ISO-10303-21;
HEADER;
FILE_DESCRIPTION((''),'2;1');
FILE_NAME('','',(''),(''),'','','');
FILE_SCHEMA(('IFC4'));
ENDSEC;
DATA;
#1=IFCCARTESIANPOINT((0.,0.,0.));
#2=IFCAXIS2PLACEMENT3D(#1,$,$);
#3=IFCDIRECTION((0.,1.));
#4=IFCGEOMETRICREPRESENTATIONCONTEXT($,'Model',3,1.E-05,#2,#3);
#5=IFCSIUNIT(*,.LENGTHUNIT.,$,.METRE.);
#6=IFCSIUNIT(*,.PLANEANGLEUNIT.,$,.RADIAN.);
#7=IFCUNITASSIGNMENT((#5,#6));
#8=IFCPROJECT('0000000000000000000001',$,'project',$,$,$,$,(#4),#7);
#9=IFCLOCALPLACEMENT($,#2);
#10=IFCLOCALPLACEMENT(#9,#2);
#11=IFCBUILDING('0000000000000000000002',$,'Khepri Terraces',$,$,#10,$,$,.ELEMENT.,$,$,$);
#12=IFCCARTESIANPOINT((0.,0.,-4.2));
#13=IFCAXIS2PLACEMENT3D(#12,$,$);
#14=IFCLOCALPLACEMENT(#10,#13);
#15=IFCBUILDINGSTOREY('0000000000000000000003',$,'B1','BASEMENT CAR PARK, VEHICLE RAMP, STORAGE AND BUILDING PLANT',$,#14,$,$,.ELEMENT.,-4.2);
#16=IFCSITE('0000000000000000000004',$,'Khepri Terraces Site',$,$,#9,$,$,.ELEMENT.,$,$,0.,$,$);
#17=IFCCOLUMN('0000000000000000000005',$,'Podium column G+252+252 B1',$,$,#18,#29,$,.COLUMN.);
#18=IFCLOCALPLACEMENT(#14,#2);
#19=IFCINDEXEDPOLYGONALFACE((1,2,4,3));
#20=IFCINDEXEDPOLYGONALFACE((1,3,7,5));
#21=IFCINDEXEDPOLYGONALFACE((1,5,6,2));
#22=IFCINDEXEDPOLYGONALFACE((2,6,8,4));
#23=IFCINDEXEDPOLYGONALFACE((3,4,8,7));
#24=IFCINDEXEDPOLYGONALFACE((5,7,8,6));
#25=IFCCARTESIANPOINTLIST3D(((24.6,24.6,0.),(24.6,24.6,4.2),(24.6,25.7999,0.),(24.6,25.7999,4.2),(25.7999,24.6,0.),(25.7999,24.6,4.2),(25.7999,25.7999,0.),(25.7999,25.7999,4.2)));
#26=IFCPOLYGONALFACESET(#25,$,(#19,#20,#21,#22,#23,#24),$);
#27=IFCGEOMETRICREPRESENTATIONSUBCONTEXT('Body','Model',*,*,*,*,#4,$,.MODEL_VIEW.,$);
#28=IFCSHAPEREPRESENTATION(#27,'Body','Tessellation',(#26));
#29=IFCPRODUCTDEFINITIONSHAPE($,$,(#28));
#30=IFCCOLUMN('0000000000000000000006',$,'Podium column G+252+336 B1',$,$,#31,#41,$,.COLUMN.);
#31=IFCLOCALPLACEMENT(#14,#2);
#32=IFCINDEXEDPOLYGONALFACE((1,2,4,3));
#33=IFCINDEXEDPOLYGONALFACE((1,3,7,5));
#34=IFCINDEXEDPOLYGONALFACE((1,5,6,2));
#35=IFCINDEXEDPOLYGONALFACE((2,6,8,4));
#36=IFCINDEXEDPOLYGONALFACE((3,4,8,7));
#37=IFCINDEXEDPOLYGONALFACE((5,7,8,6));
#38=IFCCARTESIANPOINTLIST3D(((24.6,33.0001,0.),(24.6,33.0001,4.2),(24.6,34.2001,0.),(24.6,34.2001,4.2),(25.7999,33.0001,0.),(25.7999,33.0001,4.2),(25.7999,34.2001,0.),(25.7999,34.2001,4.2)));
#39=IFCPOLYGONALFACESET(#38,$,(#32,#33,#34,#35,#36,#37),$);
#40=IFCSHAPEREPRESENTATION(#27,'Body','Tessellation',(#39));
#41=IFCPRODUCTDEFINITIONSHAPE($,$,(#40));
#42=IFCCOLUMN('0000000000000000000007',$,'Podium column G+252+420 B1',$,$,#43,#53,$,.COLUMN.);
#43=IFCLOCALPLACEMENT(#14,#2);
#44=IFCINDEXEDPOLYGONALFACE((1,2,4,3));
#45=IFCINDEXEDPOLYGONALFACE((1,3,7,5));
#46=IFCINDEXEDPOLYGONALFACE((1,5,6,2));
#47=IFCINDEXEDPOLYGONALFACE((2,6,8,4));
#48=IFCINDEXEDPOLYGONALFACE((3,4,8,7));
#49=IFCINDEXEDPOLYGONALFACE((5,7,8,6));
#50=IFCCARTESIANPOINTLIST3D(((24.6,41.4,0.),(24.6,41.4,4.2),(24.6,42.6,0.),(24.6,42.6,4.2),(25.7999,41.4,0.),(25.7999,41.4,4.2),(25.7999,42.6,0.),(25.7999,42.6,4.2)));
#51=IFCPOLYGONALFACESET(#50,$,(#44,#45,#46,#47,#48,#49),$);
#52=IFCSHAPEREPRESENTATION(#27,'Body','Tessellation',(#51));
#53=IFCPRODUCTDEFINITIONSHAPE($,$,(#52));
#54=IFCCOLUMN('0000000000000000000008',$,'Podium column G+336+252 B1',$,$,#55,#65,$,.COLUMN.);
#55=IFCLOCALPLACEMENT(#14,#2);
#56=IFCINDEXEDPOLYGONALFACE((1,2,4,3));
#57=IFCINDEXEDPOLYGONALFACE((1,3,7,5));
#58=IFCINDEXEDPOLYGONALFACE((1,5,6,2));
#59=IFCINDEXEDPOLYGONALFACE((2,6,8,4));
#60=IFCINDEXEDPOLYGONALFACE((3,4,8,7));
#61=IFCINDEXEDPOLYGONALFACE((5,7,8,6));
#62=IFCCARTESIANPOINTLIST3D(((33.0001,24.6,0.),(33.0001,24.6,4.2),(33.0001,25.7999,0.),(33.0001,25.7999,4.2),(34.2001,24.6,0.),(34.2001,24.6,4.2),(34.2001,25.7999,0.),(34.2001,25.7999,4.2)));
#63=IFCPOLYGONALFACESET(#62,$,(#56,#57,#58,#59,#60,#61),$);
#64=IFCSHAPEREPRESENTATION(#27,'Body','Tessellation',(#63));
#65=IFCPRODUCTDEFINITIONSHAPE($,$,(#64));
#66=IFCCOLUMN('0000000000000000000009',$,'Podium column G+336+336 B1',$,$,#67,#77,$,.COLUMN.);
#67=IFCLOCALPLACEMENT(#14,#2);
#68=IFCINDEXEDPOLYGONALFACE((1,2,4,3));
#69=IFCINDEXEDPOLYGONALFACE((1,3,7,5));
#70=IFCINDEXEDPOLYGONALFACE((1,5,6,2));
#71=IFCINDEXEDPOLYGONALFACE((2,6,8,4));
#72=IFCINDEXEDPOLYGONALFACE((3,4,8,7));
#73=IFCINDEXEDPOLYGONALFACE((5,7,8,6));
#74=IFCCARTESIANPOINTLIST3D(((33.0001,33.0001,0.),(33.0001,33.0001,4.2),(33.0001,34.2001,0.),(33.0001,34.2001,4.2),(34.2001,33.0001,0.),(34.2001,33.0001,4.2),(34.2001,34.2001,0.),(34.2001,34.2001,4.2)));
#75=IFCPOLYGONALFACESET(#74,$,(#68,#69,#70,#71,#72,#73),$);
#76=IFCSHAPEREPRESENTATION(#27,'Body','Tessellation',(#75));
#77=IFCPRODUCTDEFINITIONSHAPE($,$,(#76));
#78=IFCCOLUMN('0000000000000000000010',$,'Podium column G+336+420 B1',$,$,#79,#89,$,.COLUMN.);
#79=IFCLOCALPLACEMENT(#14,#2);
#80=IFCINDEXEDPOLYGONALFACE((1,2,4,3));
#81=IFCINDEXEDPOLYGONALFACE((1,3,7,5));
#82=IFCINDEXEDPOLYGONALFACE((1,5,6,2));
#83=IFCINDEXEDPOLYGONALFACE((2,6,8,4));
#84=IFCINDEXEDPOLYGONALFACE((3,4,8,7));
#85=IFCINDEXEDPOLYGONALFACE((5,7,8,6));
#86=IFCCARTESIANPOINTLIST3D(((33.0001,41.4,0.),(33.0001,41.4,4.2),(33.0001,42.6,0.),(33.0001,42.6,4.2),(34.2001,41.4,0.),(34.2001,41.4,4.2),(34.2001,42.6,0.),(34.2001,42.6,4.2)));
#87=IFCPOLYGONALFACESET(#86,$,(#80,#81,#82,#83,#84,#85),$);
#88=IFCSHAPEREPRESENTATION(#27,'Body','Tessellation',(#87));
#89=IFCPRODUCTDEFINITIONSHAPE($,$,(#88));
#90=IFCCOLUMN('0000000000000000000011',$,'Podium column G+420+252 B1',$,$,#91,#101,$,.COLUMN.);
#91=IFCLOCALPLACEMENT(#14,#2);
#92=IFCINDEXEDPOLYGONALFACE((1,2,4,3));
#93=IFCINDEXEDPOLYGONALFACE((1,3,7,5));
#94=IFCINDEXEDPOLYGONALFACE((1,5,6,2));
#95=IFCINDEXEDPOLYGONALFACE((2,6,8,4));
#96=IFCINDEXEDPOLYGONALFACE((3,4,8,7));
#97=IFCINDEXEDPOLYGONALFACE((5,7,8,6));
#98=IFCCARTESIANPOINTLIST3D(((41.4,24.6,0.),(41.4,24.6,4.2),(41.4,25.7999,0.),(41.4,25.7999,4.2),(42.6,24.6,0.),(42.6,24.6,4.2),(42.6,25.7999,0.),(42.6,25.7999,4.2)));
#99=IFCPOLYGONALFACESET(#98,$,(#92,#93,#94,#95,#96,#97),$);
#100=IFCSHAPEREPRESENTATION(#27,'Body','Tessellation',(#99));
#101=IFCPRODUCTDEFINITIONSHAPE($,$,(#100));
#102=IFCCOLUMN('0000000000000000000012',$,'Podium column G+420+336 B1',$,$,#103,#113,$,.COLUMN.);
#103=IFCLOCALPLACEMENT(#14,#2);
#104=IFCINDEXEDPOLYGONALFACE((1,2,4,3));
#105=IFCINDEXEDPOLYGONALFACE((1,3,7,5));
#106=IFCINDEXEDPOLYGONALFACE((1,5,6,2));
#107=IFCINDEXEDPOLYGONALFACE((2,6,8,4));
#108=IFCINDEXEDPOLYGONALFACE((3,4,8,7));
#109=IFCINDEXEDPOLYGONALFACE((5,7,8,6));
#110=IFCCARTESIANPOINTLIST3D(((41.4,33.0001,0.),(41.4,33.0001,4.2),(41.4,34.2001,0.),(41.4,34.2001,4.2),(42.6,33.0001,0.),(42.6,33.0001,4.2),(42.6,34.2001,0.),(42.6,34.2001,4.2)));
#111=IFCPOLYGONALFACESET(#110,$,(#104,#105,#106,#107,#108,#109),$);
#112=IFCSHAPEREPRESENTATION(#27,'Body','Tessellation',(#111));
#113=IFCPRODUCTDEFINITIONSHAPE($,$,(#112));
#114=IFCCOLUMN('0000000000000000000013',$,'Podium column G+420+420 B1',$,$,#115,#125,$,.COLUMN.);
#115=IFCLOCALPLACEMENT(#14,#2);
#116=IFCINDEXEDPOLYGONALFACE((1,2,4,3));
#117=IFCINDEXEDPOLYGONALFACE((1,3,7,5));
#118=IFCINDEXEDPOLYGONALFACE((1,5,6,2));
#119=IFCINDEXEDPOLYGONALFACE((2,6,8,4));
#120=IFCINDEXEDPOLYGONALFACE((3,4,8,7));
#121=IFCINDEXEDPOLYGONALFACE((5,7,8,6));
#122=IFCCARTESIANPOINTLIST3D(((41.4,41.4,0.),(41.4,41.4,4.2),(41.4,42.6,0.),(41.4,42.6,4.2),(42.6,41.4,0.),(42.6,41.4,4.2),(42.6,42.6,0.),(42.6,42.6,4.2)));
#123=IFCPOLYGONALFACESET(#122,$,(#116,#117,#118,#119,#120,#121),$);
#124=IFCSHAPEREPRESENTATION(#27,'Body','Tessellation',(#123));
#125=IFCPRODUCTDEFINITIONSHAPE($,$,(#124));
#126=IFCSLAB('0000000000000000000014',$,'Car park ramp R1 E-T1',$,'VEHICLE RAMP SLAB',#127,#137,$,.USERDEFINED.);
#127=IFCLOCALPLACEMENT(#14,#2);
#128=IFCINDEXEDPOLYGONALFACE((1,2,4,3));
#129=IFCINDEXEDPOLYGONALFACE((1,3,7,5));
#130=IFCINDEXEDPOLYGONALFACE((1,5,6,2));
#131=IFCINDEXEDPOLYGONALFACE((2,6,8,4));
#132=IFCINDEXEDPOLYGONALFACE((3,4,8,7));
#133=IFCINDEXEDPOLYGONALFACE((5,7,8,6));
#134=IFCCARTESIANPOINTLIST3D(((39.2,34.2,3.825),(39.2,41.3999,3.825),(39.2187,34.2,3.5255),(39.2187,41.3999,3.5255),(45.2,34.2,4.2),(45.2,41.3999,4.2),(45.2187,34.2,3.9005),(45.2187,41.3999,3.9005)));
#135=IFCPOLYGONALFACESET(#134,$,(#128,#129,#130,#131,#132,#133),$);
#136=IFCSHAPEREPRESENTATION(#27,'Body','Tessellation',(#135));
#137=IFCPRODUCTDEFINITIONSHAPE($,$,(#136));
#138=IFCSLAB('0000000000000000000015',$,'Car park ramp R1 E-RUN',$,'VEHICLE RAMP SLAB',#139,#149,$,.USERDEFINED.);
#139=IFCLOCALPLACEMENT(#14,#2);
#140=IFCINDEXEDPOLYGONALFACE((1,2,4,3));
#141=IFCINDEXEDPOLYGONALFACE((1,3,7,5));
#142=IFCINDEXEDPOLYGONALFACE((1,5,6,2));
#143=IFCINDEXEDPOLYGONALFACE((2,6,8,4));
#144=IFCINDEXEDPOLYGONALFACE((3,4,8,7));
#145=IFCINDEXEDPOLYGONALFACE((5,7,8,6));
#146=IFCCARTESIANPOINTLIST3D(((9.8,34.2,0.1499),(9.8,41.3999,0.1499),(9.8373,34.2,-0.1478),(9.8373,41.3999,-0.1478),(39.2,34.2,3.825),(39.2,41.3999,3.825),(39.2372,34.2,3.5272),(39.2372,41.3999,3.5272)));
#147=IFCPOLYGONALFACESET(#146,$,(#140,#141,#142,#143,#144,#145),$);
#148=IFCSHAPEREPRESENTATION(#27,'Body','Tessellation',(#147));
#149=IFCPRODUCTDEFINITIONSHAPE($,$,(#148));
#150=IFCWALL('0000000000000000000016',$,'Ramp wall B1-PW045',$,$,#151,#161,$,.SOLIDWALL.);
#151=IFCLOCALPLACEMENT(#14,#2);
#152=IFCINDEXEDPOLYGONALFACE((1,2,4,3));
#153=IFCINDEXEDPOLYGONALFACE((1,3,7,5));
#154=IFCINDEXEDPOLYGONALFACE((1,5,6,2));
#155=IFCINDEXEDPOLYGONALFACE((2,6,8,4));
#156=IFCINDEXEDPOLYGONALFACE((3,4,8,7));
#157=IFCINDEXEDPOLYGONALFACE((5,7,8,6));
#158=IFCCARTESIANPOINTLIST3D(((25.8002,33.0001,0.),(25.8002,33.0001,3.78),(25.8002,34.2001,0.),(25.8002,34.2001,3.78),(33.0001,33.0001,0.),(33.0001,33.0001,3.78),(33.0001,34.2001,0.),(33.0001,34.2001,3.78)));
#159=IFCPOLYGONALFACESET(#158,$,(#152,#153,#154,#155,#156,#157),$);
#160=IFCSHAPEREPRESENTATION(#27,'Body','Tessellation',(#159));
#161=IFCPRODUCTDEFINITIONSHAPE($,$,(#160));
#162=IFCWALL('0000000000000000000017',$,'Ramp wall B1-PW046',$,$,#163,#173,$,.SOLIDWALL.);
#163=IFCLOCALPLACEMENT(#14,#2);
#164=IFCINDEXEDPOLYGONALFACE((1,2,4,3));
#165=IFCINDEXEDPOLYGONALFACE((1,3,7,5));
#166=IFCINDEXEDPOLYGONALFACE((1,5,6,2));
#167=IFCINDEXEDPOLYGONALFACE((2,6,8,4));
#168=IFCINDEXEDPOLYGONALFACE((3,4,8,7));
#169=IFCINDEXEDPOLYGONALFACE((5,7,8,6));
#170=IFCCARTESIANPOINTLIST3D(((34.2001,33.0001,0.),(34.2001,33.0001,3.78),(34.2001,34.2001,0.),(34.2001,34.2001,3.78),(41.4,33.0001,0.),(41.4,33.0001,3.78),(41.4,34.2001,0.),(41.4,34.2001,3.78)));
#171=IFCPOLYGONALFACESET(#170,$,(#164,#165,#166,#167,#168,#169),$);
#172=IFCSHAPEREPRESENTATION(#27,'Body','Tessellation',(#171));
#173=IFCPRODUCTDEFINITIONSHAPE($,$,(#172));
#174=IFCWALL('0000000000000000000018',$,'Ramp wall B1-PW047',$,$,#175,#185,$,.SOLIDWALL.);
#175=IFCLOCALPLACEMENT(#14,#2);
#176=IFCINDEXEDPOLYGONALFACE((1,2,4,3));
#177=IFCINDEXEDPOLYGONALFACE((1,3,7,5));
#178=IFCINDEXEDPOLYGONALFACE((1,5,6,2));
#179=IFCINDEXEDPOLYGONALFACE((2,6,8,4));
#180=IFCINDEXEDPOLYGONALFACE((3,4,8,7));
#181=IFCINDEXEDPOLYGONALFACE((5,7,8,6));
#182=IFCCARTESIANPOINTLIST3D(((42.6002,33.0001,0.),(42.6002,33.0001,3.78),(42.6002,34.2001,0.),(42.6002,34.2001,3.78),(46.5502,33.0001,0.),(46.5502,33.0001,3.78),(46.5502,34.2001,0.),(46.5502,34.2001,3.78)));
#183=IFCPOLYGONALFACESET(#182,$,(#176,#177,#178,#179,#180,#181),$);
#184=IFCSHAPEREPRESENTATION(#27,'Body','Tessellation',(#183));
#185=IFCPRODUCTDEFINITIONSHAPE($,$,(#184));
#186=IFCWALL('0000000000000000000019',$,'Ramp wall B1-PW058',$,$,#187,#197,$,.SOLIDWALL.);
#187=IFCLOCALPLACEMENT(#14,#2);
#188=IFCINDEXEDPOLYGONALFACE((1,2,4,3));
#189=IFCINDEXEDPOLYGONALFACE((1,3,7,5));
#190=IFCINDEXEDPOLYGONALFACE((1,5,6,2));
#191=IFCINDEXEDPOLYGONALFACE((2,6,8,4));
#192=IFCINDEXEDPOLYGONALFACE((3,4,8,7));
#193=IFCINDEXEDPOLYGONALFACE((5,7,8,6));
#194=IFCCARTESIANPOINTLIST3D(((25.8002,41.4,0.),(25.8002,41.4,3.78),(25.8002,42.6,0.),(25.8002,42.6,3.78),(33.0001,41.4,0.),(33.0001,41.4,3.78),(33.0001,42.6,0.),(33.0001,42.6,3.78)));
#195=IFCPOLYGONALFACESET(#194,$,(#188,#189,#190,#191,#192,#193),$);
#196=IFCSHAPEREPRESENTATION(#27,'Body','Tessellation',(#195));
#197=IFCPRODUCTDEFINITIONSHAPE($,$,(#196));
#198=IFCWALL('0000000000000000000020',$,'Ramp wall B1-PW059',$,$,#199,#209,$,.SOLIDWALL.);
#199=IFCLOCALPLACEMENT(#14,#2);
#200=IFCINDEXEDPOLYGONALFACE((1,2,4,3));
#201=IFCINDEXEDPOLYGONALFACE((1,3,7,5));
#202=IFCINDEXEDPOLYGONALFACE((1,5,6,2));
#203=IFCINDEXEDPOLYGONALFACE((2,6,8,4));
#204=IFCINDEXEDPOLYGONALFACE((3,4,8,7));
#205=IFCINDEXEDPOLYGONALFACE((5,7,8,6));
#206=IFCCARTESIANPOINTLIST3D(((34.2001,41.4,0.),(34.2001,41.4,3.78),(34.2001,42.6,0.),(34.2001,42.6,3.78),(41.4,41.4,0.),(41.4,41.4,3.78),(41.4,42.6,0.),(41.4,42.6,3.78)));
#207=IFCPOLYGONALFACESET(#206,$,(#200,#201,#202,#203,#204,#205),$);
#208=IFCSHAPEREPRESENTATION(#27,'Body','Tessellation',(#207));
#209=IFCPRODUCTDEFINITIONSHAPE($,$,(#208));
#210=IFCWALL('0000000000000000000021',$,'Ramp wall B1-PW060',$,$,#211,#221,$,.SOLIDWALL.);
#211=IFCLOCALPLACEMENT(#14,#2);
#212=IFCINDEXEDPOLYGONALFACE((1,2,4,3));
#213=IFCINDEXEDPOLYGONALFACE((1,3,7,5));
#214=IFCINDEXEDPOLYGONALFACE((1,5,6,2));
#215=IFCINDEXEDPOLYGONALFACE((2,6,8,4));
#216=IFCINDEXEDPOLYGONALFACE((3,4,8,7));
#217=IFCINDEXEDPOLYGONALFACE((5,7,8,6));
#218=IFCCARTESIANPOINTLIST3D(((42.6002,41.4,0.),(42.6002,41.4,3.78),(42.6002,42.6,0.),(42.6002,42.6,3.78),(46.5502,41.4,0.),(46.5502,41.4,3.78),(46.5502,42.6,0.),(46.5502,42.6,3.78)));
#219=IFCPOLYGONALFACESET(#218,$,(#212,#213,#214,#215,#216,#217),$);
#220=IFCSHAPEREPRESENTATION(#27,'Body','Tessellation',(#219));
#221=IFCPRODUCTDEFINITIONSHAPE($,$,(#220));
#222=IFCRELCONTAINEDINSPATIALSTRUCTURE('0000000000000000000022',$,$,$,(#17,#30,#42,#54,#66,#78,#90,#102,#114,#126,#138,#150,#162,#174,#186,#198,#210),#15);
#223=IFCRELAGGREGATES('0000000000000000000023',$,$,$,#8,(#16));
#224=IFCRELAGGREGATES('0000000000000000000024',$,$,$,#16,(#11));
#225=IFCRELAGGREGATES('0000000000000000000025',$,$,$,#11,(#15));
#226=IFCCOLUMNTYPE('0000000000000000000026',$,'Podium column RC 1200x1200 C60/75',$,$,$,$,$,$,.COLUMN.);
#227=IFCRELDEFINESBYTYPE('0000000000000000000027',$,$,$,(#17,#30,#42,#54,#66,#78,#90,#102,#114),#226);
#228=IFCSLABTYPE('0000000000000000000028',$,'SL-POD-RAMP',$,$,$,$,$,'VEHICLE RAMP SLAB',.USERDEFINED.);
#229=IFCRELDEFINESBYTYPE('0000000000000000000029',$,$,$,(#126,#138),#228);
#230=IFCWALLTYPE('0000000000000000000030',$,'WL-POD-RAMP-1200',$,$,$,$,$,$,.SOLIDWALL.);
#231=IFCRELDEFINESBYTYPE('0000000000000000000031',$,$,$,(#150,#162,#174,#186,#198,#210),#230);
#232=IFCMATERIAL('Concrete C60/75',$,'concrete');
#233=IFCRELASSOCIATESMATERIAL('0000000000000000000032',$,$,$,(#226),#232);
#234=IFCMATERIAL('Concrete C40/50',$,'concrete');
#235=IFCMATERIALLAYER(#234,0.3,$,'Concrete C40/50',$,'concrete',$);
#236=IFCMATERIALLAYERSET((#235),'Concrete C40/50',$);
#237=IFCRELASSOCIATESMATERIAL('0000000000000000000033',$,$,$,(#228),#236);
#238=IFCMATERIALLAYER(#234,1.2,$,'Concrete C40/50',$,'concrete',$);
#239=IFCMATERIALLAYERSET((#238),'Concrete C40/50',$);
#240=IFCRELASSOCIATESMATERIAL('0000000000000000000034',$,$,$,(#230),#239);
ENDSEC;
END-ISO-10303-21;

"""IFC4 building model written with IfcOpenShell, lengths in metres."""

from ifc_helpers import new_model, si_unit, direction, frame, frame_2d, origin, origin_2d, place, context, subcontext, project, spatial, polyline, rectangle, outline, extrude, material, layer, layer_set, material_profile, profile_set, type_object, element, save


model = new_model("IFC4")

# Units and contexts
model_context = context("Model", 3, precision=1e-05, world=origin(), true_north=direction((0.0, 1.0)))
body_context = subcontext(model_context, "Body", "Model", "MODEL_VIEW")
ifc_project = project(units=[si_unit("LENGTHUNIT", "METRE"), si_unit("PLANEANGLEUNIT", "RADIAN")], contexts=[model_context])

# Site, building, storey
site_placement = place(None, origin())
site = spatial("IfcSite", under=ifc_project, at=site_placement, Name="Khepri Terraces Site", CompositionType="ELEMENT", RefElevation=0.0)
building_placement = place(site_placement, origin())
building = spatial("IfcBuilding", under=site, at=building_placement, Name="Khepri Terraces", CompositionType="ELEMENT")
storey_placement = place(building_placement, frame((0.0, 0.0, -4.2)))
storey = spatial("IfcBuildingStorey", under=building, at=storey_placement, Name="B1", Description="BASEMENT CAR PARK, VEHICLE RAMP, STORAGE AND BUILDING PLANT", CompositionType="ELEMENT", Elevation=-4.2)

# Columns
ifc_material_1 = material(Name="Concrete C60/75", Category="concrete")
ifc_material_profile = material_profile(ifc_material_1, rectangle(XDim=1.2, YDim=1.2, at=origin_2d()), Name="Concrete C60/75", Category="concrete")
ifc_profile_set = profile_set([ifc_material_profile], Name="Concrete C60/75")
column_type = type_object("IfcColumnType", Name="Podium column RC 1200x1200 C60/75", PredefinedType="COLUMN", material=ifc_profile_set)
for number, where, z_axis, x_axis, name in (
    (1, (25.2, 25.2, 0.0), (0.0, 0.0, 1.0), (1.0, 0.0, 0.0), "Podium column G+252+252 B1"),
    (2, (25.2, 33.6001, 0.0), (0.0, 0.0, 1.0), (1.0, 0.0, 0.0), "Podium column G+252+336 B1"),
    (3, (25.2, 42.0, 0.0), (0.0, 0.0, 1.0), (1.0, 0.0, 0.0), "Podium column G+252+420 B1"),
    (4, (33.6001, 25.2, 0.0), (0.0, 0.0, 1.0), (1.0, 0.0, 0.0), "Podium column G+336+252 B1"),
    (5, (33.6001, 33.6001, 0.0), (0.0, 0.0, 1.0), (1.0, 0.0, 0.0), "Podium column G+336+336 B1"),
    (6, (33.6001, 42.0, 0.0), (0.0, 0.0, 1.0), (1.0, 0.0, 0.0), "Podium column G+336+420 B1"),
    (7, (42.0, 25.2, 0.0), (0.0, 0.0, 1.0), (1.0, 0.0, 0.0), "Podium column G+420+252 B1"),
    (8, (42.0, 33.6001, 0.0), (0.0, 0.0, 1.0), (1.0, 0.0, 0.0), "Podium column G+420+336 B1"),
    (9, (42.0, 42.0, 0.0), (0.0, 0.0, 1.0), (1.0, 0.0, 0.0), "Podium column G+420+420 B1"),
):
    element("IfcColumn", number, at=place(storey_placement, frame(where, z_axis=z_axis, x_axis=x_axis)), inside=storey, type_object=column_type, Name=name, PredefinedType="COLUMN", context=body_context, shape_type="SweptSolid", body=[
        extrude(rectangle(XDim=1.2, YDim=1.2, at=origin_2d()), origin(), (0.0, 0.0, 1.0), 4.2),
    ])

# Slabs
ifc_material_2 = material(Name="Concrete C40/50", Category="concrete")
ifc_layer_1 = layer(ifc_material_2, 0.3, Name="Concrete C40/50", Category="concrete")
ifc_layer_set_1 = layer_set([ifc_layer_1], Name="Concrete C40/50")
slab_type = type_object("IfcSlabType", Name="SL-POD-RAMP", ElementType="VEHICLE RAMP SLAB", PredefinedType="USERDEFINED", material=ifc_layer_set_1)
slab_1_placement = place(storey_placement, frame((45.2, 34.2, 4.2), z_axis=(-0.062378, 0.0, 0.998053), x_axis=(-0.998053, 0.0, -0.062378)))
element("IfcSlab", 10, at=slab_1_placement, inside=storey, type_object=slab_type, Name="Car park ramp R1 E-T1", ObjectType="VEHICLE RAMP SLAB", PredefinedType="USERDEFINED", context=body_context, shape_type="SweptSolid", body=[
    extrude(outline(polyline([(0.0, 0.0), (6.0117, 0.0), (6.0117, -7.2), (0.0, -7.2), (0.0, 0.0)])), origin(), (0.0, 0.0, -1.0), 0.3),
])
slab_2_placement = place(storey_placement, frame((39.2, 34.2, 3.825), z_axis=(-0.124037, 0.0, 0.992278), x_axis=(-0.992278, 0.0, -0.124037)))
element("IfcSlab", 11, at=slab_2_placement, inside=storey, type_object=slab_type, Name="Car park ramp R1 E-RUN", ObjectType="VEHICLE RAMP SLAB", PredefinedType="USERDEFINED", context=body_context, shape_type="SweptSolid", body=[
    extrude(outline(polyline([(0.0, 0.0), (29.6287, 0.0), (29.6287, -7.2), (0.0, -7.2), (0.0, 0.0)])), origin(), (0.0, 0.0, -1.0), 0.3),
])

# Walls
ifc_layer_2 = layer(ifc_material_2, 1.2, Name="Concrete C40/50", Category="concrete")
ifc_layer_set_2 = layer_set([ifc_layer_2], Name="Concrete C40/50")
wall_type_1 = type_object("IfcWallType", Name="WL-POD-RAMP-1200", PredefinedType="SOLIDWALL", material=ifc_layer_set_2)
for number, where, z_axis, x_axis, name in (
    (12, (25.8, 33.6001, 0.0), (0.0, 0.0, 1.0), (1.0, 0.0, 0.0), "Ramp wall B1-PW045"),
    (13, (34.2, 33.6001, 0.0), (0.0, 0.0, 1.0), (1.0, 0.0, 0.0), "Ramp wall B1-PW046"),
):
    element("IfcWall", number, at=place(storey_placement, frame(where, z_axis=z_axis, x_axis=x_axis)), inside=storey, type_object=wall_type_1, Name=name, PredefinedType="SOLIDWALL", context=body_context, shape_type="SweptSolid", body=[
        extrude(rectangle(XDim=7.2, YDim=1.2, at=frame_2d((3.6001, 0.0))), origin(), (0.0, 0.0, 1.0), 3.78),
    ])
wall_1_placement = place(storey_placement, frame((42.6001, 33.6001, 0.0), z_axis=(0.0, 0.0, 1.0), x_axis=(1.0, 0.0, 0.0)))
element("IfcWall", 14, at=wall_1_placement, inside=storey, type_object=wall_type_1, Name="Ramp wall B1-PW047", PredefinedType="SOLIDWALL", context=body_context, shape_type="SweptSolid", body=[
    extrude(rectangle(XDim=3.95, YDim=1.2, at=frame_2d((1.9751, 0.0))), origin(), (0.0, 0.0, 1.0), 3.78),
])
for number, where, z_axis, x_axis, name in (
    (15, (25.8, 42.0, 0.0), (0.0, 0.0, 1.0), (1.0, 0.0, 0.0), "Ramp wall B1-PW058"),
    (16, (34.2, 42.0, 0.0), (0.0, 0.0, 1.0), (1.0, 0.0, 0.0), "Ramp wall B1-PW059"),
):
    element("IfcWall", number, at=place(storey_placement, frame(where, z_axis=z_axis, x_axis=x_axis)), inside=storey, type_object=wall_type_1, Name=name, PredefinedType="SOLIDWALL", context=body_context, shape_type="SweptSolid", body=[
        extrude(rectangle(XDim=7.2, YDim=1.2, at=frame_2d((3.6001, 0.0))), origin(), (0.0, 0.0, 1.0), 3.78),
    ])
wall_2_placement = place(storey_placement, frame((42.6001, 42.0, 0.0), z_axis=(0.0, 0.0, 1.0), x_axis=(1.0, 0.0, 0.0)))
element("IfcWall", 17, at=wall_2_placement, inside=storey, type_object=wall_type_1, Name="Ramp wall B1-PW060", PredefinedType="SOLIDWALL", context=body_context, shape_type="SweptSolid", body=[
    extrude(rectangle(XDim=3.95, YDim=1.2, at=frame_2d((1.9751, 0.0))), origin(), (0.0, 0.0, 1.0), 3.78),
])

save(model, "model.ifc")
